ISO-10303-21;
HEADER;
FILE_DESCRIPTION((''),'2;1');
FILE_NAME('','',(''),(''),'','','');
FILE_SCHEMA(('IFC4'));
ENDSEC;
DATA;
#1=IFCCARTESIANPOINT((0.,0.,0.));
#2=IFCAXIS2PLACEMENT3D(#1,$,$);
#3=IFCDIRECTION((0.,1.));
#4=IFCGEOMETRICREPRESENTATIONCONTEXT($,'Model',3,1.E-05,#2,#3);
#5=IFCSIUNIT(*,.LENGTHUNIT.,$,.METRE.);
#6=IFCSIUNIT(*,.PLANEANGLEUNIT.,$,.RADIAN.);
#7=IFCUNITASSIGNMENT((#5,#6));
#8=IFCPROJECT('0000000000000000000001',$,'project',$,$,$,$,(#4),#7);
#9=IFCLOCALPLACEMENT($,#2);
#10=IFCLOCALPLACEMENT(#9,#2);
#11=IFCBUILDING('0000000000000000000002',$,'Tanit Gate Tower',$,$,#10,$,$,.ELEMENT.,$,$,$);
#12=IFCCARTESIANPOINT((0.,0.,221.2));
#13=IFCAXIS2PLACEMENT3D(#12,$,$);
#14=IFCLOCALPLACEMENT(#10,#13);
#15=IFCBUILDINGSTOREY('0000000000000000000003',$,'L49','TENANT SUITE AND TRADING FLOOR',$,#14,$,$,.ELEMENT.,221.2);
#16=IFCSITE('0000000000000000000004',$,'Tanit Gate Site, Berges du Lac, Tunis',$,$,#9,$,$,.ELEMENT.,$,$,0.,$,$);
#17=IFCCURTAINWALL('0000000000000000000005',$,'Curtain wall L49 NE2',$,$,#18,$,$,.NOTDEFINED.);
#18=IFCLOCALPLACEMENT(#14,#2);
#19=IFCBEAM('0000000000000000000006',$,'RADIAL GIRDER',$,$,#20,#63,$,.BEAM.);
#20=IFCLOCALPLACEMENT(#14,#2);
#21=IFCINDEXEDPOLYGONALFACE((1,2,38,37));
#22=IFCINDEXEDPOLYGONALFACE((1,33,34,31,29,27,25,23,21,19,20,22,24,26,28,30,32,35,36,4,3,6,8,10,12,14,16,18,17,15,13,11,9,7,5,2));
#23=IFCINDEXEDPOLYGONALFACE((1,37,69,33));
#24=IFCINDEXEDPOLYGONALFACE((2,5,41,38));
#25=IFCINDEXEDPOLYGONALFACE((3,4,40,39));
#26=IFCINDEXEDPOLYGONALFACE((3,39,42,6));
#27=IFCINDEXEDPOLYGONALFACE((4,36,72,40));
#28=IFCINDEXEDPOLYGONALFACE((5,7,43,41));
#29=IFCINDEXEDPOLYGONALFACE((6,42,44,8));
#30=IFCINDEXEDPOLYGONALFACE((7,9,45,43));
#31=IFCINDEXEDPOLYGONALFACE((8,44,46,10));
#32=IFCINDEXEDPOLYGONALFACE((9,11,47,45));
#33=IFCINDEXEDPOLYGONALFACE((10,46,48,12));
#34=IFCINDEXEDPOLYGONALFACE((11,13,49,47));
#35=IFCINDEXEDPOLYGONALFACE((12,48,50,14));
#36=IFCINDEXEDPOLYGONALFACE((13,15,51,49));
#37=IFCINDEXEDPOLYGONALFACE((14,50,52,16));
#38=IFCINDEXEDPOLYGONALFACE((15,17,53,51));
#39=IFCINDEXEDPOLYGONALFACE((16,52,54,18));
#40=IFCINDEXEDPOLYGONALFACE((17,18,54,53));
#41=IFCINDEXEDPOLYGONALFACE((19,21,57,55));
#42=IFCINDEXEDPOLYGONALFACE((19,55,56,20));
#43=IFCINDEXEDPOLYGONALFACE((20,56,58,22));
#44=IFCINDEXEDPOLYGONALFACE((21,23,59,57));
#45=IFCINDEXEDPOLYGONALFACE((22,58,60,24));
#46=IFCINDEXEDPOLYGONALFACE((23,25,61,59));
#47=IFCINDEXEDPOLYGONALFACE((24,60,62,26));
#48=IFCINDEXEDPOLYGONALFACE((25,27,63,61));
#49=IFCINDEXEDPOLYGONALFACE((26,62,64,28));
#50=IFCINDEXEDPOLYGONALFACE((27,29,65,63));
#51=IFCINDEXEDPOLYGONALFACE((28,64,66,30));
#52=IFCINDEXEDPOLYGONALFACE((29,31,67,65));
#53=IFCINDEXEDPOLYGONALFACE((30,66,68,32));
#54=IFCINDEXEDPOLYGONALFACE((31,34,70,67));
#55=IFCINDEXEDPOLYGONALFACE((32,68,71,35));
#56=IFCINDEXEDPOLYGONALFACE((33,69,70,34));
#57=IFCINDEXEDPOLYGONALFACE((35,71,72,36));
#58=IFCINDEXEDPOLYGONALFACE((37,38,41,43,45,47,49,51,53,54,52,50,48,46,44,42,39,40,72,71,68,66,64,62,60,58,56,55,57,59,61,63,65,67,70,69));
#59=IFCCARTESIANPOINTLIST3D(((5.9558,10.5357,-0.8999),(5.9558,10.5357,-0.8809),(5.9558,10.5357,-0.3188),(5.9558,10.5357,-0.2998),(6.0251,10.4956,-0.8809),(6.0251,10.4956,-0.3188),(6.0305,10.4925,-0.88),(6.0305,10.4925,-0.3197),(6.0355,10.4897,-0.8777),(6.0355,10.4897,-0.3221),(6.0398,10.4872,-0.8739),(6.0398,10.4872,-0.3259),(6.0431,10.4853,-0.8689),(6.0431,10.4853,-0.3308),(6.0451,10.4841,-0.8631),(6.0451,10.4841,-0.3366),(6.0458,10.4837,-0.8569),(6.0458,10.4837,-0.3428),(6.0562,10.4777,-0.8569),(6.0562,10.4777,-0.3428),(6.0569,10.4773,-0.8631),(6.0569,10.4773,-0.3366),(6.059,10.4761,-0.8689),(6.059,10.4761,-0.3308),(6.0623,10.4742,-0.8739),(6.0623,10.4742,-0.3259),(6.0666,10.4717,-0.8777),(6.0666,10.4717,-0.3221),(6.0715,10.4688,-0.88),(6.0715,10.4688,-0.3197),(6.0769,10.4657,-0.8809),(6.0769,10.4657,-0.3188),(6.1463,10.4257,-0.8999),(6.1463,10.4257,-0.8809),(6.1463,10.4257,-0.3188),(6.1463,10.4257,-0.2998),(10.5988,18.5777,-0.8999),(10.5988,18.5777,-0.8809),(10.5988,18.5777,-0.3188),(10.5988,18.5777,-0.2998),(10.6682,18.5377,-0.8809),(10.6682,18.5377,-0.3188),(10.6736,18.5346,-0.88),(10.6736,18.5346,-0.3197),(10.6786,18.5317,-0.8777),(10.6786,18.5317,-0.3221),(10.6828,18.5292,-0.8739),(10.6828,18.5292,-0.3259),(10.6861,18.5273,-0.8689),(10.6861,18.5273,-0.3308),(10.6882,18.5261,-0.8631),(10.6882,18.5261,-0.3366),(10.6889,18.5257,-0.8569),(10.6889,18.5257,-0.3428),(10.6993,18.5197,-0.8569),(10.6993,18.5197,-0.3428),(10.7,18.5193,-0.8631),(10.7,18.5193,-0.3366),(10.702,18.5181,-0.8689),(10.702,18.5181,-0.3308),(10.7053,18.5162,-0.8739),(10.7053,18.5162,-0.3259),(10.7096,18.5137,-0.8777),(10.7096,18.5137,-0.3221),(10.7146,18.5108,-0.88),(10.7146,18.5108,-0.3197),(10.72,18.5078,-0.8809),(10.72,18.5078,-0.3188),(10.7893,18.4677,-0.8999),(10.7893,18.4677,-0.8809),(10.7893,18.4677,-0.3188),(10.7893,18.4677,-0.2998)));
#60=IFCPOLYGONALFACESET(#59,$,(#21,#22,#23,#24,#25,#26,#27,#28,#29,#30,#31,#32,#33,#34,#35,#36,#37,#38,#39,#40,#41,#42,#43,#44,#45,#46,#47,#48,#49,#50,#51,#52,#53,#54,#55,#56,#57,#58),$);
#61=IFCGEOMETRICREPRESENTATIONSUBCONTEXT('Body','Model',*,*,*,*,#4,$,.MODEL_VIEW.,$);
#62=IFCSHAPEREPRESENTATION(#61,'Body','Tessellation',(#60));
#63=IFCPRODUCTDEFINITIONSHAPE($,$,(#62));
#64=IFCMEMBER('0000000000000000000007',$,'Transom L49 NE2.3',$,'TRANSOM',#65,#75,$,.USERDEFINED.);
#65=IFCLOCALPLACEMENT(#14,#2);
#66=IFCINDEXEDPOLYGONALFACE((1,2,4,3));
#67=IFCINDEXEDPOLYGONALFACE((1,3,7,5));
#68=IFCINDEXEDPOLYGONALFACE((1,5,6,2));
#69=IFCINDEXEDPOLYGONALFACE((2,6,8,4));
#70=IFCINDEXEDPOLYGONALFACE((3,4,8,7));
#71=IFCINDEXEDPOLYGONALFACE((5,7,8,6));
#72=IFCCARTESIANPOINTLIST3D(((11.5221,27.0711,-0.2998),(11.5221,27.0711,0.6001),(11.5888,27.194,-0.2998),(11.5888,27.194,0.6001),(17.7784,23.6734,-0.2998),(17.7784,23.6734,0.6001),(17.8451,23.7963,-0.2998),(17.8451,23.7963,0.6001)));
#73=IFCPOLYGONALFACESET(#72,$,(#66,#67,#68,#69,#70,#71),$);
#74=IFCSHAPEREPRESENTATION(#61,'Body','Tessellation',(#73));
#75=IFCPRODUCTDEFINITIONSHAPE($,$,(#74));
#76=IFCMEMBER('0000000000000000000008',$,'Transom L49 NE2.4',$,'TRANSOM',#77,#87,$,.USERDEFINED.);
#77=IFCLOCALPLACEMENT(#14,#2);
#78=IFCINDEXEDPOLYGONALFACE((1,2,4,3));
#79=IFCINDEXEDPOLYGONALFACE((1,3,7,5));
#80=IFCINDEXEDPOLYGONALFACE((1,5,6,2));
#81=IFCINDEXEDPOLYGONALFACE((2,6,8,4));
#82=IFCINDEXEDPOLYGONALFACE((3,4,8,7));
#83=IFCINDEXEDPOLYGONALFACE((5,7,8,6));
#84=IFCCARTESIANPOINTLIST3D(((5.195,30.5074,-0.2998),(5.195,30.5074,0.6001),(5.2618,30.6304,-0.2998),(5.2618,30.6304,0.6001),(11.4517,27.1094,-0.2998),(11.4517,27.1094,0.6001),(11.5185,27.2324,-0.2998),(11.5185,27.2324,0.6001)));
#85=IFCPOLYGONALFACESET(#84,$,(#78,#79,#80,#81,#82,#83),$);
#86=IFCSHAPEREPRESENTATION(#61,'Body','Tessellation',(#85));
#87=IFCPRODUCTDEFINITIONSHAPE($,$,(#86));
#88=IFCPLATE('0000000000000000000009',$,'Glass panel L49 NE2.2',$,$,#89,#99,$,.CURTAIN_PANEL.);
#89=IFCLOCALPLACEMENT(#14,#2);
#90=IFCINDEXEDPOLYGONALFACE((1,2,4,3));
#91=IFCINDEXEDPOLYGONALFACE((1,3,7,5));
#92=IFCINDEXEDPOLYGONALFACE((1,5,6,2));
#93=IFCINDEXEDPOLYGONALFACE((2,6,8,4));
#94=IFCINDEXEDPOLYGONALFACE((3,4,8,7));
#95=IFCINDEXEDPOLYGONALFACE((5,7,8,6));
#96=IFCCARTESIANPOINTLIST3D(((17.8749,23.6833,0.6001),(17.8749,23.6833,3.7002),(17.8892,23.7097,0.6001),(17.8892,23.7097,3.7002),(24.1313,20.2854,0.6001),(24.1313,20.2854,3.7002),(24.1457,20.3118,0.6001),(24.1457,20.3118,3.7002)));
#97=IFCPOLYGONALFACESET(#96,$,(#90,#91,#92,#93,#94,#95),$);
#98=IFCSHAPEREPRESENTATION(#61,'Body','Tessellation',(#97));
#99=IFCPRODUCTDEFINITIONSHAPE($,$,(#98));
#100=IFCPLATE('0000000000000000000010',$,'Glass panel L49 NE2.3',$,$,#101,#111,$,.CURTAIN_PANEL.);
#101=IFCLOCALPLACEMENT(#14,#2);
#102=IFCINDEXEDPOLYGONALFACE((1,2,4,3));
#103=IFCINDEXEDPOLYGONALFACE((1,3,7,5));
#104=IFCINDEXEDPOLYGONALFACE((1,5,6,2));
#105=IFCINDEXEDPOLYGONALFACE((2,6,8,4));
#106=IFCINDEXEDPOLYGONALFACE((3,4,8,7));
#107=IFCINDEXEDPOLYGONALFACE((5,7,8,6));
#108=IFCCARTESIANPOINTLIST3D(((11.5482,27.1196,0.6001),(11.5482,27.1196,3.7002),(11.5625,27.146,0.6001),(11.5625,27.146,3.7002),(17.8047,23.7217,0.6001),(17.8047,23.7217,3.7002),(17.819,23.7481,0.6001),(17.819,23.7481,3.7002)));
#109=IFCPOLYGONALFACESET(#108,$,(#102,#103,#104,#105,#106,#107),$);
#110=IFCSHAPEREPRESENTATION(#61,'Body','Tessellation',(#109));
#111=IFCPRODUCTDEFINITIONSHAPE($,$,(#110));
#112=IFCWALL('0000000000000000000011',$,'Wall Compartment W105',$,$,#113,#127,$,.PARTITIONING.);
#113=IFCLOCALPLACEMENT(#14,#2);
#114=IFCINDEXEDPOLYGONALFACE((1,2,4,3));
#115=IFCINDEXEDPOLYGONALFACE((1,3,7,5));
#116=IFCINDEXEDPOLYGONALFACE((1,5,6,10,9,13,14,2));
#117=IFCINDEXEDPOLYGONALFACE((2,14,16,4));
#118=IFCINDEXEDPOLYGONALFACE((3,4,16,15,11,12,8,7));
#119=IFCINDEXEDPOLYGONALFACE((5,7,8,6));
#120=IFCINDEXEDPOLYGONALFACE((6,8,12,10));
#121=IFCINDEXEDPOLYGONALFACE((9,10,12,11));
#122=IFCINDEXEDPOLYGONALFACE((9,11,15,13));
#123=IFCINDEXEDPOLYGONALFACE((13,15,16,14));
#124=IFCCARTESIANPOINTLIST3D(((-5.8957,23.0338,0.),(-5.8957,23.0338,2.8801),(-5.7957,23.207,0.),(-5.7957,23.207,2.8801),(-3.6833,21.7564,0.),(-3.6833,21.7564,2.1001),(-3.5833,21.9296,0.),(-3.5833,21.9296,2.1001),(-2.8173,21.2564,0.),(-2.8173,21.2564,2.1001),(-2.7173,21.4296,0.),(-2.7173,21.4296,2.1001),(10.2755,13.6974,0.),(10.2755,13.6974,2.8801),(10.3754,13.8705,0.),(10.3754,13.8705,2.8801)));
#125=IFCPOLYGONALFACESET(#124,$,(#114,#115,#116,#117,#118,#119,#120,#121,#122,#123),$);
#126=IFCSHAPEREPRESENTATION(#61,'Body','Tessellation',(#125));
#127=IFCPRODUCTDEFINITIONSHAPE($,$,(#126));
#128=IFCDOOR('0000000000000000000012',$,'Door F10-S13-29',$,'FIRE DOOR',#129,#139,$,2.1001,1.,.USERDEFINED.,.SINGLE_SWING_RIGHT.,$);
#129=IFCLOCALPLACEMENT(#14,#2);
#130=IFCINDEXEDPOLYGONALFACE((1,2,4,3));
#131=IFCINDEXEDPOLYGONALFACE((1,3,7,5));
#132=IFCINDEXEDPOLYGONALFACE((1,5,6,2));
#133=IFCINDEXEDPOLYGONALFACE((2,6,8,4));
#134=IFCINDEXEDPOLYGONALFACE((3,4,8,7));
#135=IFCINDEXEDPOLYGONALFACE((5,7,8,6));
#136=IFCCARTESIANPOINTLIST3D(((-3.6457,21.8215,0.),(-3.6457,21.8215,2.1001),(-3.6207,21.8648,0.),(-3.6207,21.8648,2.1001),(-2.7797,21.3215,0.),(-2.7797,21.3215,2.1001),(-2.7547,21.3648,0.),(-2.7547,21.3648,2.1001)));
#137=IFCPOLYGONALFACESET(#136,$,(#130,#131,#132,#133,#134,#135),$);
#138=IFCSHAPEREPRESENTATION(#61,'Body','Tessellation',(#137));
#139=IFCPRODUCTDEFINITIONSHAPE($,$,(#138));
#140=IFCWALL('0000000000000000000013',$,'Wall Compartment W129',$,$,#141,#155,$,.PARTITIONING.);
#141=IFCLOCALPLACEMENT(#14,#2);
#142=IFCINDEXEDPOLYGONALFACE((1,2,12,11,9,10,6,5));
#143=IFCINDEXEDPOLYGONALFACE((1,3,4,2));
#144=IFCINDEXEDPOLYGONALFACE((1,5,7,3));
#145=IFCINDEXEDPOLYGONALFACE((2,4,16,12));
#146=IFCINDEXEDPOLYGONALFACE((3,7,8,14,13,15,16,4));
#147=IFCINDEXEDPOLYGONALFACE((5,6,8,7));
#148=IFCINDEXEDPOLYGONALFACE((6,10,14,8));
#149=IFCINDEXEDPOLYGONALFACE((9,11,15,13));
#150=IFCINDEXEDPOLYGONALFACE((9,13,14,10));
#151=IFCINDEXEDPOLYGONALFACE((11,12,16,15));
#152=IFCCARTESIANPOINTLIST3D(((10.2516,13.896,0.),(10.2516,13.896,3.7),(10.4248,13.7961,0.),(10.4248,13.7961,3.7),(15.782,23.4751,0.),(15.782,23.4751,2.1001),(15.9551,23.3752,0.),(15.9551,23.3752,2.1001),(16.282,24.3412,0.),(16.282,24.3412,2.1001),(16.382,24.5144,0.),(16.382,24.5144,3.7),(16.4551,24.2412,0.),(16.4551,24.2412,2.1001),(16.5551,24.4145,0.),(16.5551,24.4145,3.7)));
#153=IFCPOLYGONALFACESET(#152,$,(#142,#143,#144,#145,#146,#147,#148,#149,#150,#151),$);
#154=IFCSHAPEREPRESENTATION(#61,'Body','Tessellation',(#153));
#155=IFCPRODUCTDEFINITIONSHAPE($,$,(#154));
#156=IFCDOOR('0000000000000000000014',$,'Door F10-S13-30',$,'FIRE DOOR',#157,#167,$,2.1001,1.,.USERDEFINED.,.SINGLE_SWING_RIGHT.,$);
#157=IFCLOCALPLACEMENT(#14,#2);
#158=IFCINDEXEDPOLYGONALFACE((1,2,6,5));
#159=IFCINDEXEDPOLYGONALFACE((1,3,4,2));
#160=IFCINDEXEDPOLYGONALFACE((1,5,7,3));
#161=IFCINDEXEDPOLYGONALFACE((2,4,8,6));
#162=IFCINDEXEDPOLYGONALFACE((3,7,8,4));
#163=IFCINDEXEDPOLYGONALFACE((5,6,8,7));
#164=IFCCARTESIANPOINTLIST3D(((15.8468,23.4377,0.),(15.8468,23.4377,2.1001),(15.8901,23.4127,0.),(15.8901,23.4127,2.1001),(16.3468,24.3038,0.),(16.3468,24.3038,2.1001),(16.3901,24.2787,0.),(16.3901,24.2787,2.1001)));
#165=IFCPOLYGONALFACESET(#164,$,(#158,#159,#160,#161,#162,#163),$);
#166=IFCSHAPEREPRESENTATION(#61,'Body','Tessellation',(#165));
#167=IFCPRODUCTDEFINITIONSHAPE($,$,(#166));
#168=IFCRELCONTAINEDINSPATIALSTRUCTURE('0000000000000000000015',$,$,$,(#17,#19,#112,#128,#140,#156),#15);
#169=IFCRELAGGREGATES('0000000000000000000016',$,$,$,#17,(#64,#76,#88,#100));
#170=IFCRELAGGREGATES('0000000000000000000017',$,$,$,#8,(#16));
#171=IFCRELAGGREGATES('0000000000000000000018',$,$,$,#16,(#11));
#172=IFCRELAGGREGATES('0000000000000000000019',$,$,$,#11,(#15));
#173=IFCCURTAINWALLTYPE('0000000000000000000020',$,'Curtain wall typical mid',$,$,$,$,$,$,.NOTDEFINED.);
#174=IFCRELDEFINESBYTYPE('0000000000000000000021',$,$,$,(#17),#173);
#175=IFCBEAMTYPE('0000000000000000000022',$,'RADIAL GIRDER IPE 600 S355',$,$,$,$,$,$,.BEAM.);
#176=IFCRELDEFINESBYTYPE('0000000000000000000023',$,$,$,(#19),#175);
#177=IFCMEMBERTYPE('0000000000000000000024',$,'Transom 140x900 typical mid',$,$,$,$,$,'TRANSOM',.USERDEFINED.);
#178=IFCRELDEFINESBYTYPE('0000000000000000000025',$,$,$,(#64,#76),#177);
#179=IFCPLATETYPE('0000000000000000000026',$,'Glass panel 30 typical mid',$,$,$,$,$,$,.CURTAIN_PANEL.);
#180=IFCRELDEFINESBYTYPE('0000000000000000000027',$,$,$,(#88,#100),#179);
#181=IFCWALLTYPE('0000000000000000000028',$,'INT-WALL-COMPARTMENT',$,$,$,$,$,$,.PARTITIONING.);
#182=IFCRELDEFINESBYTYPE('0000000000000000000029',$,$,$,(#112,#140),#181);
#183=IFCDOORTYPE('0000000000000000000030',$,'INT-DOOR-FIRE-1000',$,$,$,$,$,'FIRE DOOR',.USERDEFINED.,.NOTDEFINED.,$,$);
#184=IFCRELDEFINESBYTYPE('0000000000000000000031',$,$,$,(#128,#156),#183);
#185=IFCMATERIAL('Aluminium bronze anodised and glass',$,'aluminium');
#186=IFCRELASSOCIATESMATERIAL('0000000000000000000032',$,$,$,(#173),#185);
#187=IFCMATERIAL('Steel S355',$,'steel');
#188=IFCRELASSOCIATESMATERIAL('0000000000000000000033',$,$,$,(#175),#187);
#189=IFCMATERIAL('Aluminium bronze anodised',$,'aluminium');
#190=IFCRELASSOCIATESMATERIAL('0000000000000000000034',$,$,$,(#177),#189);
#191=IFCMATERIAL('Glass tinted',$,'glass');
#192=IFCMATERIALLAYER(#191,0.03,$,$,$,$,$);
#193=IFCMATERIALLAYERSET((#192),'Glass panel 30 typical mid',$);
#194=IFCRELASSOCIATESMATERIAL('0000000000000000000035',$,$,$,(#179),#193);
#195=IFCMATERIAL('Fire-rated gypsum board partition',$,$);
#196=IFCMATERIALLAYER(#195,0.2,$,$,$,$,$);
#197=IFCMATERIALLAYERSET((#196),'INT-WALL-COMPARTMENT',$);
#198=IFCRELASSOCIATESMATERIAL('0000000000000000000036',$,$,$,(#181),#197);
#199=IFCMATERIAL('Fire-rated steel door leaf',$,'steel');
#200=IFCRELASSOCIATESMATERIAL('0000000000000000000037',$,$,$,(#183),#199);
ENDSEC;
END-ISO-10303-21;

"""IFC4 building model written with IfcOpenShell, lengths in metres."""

from ifc_helpers import new_model, si_unit, direction, frame, frame_2d, origin, origin_2d, place, context, subcontext, project, spatial, rectangle, i_section, extrude, material, layer, layer_set, material_profile, profile_set, type_object, element, fill, aggregate, save


model = new_model("IFC4")

# Units and contexts
model_context = context("Model", 3, precision=1e-05, world=origin(), true_north=direction((0.0, 1.0)))
body_context = subcontext(model_context, "Body", "Model", "MODEL_VIEW")
ifc_project = project(units=[si_unit("LENGTHUNIT", "METRE"), si_unit("PLANEANGLEUNIT", "RADIAN")], contexts=[model_context])

# Site, building, storey
site_placement = place(None, origin())
site = spatial("IfcSite", under=ifc_project, at=site_placement, Name="Tanit Gate Site, Berges du Lac, Tunis", CompositionType="ELEMENT", RefElevation=0.0)
building_placement = place(site_placement, origin())
building = spatial("IfcBuilding", under=site, at=building_placement, Name="Tanit Gate Tower", CompositionType="ELEMENT")
storey_placement = place(building_placement, frame((0.0, 0.0, 221.2)))
storey = spatial("IfcBuildingStorey", under=building, at=storey_placement, Name="L49", Description="TENANT SUITE AND TRADING FLOOR", CompositionType="ELEMENT", Elevation=221.2)

# Curtain wall
ifc_material_1 = material(Name="Aluminium bronze anodised and glass", Category="aluminium")
curtain_wall_type = type_object("IfcCurtainWallType", Name="Curtain wall typical mid", PredefinedType="NOTDEFINED", material=ifc_material_1)
curtain_wall_placement = place(storey_placement, origin())
curtain_wall = element("IfcCurtainWall", 1, at=curtain_wall_placement, inside=storey, type_object=curtain_wall_type, Name="Curtain wall L49 NE2", PredefinedType="NOTDEFINED")

# Beam
ifc_material_2 = material(Name="Steel S355", Category="steel")
ifc_material_profile_1 = material_profile(ifc_material_2, i_section(OverallWidth=0.22, OverallDepth=0.6001, WebThickness=0.012, FlangeThickness=0.019, FilletRadius=0.0239, at=origin_2d()), Name="IPE 600")
ifc_profile_set_1 = profile_set([ifc_material_profile_1], Name="Steel S355")
beam_type_1 = type_object("IfcBeamType", Name="RADIAL GIRDER IPE 600 S355", PredefinedType="BEAM", material=ifc_profile_set_1)
beam_1_placement = place(storey_placement, frame((10.6941, 18.5227, -0.5999), z_axis=(-0.500002, -0.866024, 0.0), x_axis=(0.866024, -0.500002, 0.0)))
element("IfcBeam", 2, at=beam_1_placement, inside=storey, type_object=beam_type_1, Name="RADIAL GIRDER", PredefinedType="BEAM", context=body_context, shape_type="SweptSolid", body=[
    extrude(i_section(OverallWidth=0.22, OverallDepth=0.6001, WebThickness=0.012, FlangeThickness=0.019, FilletRadius=0.0239, at=origin_2d()), origin(), (0.0, 0.0, 1.0), 9.2861),
])

# Members
ifc_material_3 = material(Name="Aluminium bronze anodised", Category="aluminium")
ifc_material_profile_2 = material_profile(ifc_material_3, rectangle(XDim=0.1399, YDim=0.8999, at=origin_2d()), Name="140x900 bronze transom")
ifc_profile_set_2 = profile_set([ifc_material_profile_2], Name="Aluminium bronze anodised")
member_type_1 = type_object("IfcMemberType", Name="Transom 140x900 typical mid", ElementType="TRANSOM", PredefinedType="USERDEFINED", material=ifc_profile_set_2)
member_1_placement = place(storey_placement, frame((17.8118, 23.7349, 0.1501), z_axis=(-0.878771, 0.477244, 0.0), x_axis=(-0.477244, -0.878771, 0.0)))
member_1 = element("IfcMember", 3, at=member_1_placement, type_object=member_type_1, Name="Transom L49 NE2.3", ObjectType="TRANSOM", PredefinedType="USERDEFINED", context=body_context, shape_type="SweptSolid", body=[
    extrude(rectangle(XDim=0.1399, YDim=0.8999, at=origin_2d()), origin(), (0.0, 0.0, 1.0), 7.1194),
])
member_2_placement = place(storey_placement, frame((11.4851, 27.1709, 0.1501), z_axis=(-0.878764, 0.477256, 0.0), x_axis=(-0.477256, -0.878764, 0.0)))
member_2 = element("IfcMember", 4, at=member_2_placement, type_object=member_type_1, Name="Transom L49 NE2.4", ObjectType="TRANSOM", PredefinedType="USERDEFINED", context=body_context, shape_type="SweptSolid", body=[
    extrude(rectangle(XDim=0.1399, YDim=0.8999, at=origin_2d()), origin(), (0.0, 0.0, 1.0), 7.1199),
])

# Plates
ifc_material_4 = material(Name="Glass tinted", Category="glass")
ifc_layer_1 = layer(ifc_material_4, 0.03)
ifc_layer_set_1 = layer_set([ifc_layer_1], Name="Glass panel 30 typical mid")
plate_type = type_object("IfcPlateType", Name="Glass panel 30 typical mid", PredefinedType="CURTAIN_PANEL", material=ifc_layer_set_1)
plate_1_placement = place(storey_placement, frame((21.0103, 21.9976, 0.6001), z_axis=(0.0, 0.0, 1.0), x_axis=(-0.878762, 0.477259, 0.0)))
plate_1 = element("IfcPlate", 5, at=plate_1_placement, type_object=plate_type, Name="Glass panel L49 NE2.2", PredefinedType="CURTAIN_PANEL", context=body_context, shape_type="SweptSolid", body=[
    extrude(rectangle(XDim=7.1196, YDim=0.03, at=origin_2d()), origin(), (0.0, 0.0, 1.0), 3.1001),
])
plate_2_placement = place(storey_placement, frame((14.6836, 25.4338, 0.6001), z_axis=(0.0, 0.0, 1.0), x_axis=(-0.878762, 0.477259, 0.0)))
plate_2 = element("IfcPlate", 6, at=plate_2_placement, type_object=plate_type, Name="Glass panel L49 NE2.3", PredefinedType="CURTAIN_PANEL", context=body_context, shape_type="SweptSolid", body=[
    extrude(rectangle(XDim=7.1196, YDim=0.03, at=origin_2d()), origin(), (0.0, 0.0, 1.0), 3.1001),
])
aggregate(curtain_wall, [member_1, member_2, plate_1, plate_2])

# Walls, openings, doors
ifc_material_5 = material(Name="Fire-rated gypsum board partition")
ifc_layer_2 = layer(ifc_material_5, 0.2)
ifc_layer_set_2 = layer_set([ifc_layer_2], Name="INT-WALL-COMPARTMENT")
wall_type_1 = type_object("IfcWallType", Name="INT-WALL-COMPARTMENT", PredefinedType="PARTITIONING", material=ifc_layer_set_2)
wall_1_placement = place(storey_placement, frame((10.3254, 13.7839, 0.0), z_axis=(0.0, 0.0, 1.0), x_axis=(-0.866025, 0.5, 0.0)))
wall_1 = element("IfcWall", 7, at=wall_1_placement, inside=storey, type_object=wall_type_1, Name="Wall Compartment W105", PredefinedType="PARTITIONING", context=body_context, shape_type="SweptSolid", body=[
    extrude(rectangle(XDim=18.6729, YDim=0.2, at=frame_2d((9.3364, 0.0))), origin(), (0.0, 0.0, 1.0), 2.8801),
])
opening_1_placement = place(wall_1_placement, frame((15.1182, 0.0, 0.0)))
opening_1 = element("IfcOpeningElement", 8, at=opening_1_placement, cuts=wall_1, PredefinedType="OPENING", context=body_context, shape_type="SweptSolid", body=[
    extrude(rectangle(XDim=1.0, YDim=2.1001, at=frame_2d((0.5, 1.05))), frame((0.0, 0.1099, 0.0), z_axis=(0.0, -1.0, 0.0), x_axis=(1.0, 0.0, 0.0)), (0.0, 0.0, 1.0), 0.22),
])
ifc_material_6 = material(Name="Fire-rated steel door leaf", Category="steel")
door_type_1 = type_object("IfcDoorType", Name="INT-DOOR-FIRE-1000", ElementType="FIRE DOOR", OperationType="NOTDEFINED", PredefinedType="USERDEFINED", material=ifc_material_6)
door_1_placement = place(opening_1_placement, origin())
door_1 = element("IfcDoor", 9, at=door_1_placement, inside=storey, type_object=door_type_1, Name="Door F10-S13-29", ObjectType="FIRE DOOR", OperationType="SINGLE_SWING_RIGHT", OverallHeight=2.1001, OverallWidth=1.0, PredefinedType="USERDEFINED", context=body_context, shape_type="SweptSolid", body=[
    extrude(rectangle(XDim=1.0, YDim=2.1001, at=frame_2d((0.5, 1.05))), frame((0.0, 0.0249, 0.0), z_axis=(0.0, -1.0, 0.0), x_axis=(1.0, 0.0, 0.0)), (0.0, 0.0, 1.0), 0.05),
])
fill(opening_1, door_1)
wall_2_placement = place(storey_placement, frame((16.4685, 24.4644, 0.0), z_axis=(0.0, 0.0, 1.0), x_axis=(-0.49999, -0.866031, 0.0)))
wall_2 = element("IfcWall", 10, at=wall_2_placement, inside=storey, type_object=wall_type_1, Name="Wall Compartment W129", PredefinedType="PARTITIONING", context=body_context, shape_type="SweptSolid", body=[
    extrude(rectangle(XDim=12.261, YDim=0.2, at=frame_2d((6.1304, 0.0))), origin(), (0.0, 0.0, 1.0), 3.7),
])
opening_2_placement = place(wall_2_placement, frame((0.2, 0.0, 0.0)))
opening_2 = element("IfcOpeningElement", 11, at=opening_2_placement, cuts=wall_2, PredefinedType="OPENING", context=body_context, shape_type="SweptSolid", body=[
    extrude(rectangle(XDim=1.0, YDim=2.1001, at=frame_2d((0.5, 1.05))), frame((0.0, 0.1099, 0.0), z_axis=(0.0, -1.0, 0.0), x_axis=(1.0, 0.0, 0.0)), (0.0, 0.0, 1.0), 0.22),
])
door_2_placement = place(opening_2_placement, origin())
door_2 = element("IfcDoor", 12, at=door_2_placement, inside=storey, type_object=door_type_1, Name="Door F10-S13-30", ObjectType="FIRE DOOR", OperationType="SINGLE_SWING_RIGHT", OverallHeight=2.1001, OverallWidth=1.0, PredefinedType="USERDEFINED", context=body_context, shape_type="SweptSolid", body=[
    extrude(rectangle(XDim=1.0, YDim=2.1001, at=frame_2d((0.5, 1.05))), frame((0.0, 0.0249, 0.0), z_axis=(0.0, -1.0, 0.0), x_axis=(1.0, 0.0, 0.0)), (0.0, 0.0, 1.0), 0.05),
])
fill(opening_2, door_2)

save(model, "model.ifc")
